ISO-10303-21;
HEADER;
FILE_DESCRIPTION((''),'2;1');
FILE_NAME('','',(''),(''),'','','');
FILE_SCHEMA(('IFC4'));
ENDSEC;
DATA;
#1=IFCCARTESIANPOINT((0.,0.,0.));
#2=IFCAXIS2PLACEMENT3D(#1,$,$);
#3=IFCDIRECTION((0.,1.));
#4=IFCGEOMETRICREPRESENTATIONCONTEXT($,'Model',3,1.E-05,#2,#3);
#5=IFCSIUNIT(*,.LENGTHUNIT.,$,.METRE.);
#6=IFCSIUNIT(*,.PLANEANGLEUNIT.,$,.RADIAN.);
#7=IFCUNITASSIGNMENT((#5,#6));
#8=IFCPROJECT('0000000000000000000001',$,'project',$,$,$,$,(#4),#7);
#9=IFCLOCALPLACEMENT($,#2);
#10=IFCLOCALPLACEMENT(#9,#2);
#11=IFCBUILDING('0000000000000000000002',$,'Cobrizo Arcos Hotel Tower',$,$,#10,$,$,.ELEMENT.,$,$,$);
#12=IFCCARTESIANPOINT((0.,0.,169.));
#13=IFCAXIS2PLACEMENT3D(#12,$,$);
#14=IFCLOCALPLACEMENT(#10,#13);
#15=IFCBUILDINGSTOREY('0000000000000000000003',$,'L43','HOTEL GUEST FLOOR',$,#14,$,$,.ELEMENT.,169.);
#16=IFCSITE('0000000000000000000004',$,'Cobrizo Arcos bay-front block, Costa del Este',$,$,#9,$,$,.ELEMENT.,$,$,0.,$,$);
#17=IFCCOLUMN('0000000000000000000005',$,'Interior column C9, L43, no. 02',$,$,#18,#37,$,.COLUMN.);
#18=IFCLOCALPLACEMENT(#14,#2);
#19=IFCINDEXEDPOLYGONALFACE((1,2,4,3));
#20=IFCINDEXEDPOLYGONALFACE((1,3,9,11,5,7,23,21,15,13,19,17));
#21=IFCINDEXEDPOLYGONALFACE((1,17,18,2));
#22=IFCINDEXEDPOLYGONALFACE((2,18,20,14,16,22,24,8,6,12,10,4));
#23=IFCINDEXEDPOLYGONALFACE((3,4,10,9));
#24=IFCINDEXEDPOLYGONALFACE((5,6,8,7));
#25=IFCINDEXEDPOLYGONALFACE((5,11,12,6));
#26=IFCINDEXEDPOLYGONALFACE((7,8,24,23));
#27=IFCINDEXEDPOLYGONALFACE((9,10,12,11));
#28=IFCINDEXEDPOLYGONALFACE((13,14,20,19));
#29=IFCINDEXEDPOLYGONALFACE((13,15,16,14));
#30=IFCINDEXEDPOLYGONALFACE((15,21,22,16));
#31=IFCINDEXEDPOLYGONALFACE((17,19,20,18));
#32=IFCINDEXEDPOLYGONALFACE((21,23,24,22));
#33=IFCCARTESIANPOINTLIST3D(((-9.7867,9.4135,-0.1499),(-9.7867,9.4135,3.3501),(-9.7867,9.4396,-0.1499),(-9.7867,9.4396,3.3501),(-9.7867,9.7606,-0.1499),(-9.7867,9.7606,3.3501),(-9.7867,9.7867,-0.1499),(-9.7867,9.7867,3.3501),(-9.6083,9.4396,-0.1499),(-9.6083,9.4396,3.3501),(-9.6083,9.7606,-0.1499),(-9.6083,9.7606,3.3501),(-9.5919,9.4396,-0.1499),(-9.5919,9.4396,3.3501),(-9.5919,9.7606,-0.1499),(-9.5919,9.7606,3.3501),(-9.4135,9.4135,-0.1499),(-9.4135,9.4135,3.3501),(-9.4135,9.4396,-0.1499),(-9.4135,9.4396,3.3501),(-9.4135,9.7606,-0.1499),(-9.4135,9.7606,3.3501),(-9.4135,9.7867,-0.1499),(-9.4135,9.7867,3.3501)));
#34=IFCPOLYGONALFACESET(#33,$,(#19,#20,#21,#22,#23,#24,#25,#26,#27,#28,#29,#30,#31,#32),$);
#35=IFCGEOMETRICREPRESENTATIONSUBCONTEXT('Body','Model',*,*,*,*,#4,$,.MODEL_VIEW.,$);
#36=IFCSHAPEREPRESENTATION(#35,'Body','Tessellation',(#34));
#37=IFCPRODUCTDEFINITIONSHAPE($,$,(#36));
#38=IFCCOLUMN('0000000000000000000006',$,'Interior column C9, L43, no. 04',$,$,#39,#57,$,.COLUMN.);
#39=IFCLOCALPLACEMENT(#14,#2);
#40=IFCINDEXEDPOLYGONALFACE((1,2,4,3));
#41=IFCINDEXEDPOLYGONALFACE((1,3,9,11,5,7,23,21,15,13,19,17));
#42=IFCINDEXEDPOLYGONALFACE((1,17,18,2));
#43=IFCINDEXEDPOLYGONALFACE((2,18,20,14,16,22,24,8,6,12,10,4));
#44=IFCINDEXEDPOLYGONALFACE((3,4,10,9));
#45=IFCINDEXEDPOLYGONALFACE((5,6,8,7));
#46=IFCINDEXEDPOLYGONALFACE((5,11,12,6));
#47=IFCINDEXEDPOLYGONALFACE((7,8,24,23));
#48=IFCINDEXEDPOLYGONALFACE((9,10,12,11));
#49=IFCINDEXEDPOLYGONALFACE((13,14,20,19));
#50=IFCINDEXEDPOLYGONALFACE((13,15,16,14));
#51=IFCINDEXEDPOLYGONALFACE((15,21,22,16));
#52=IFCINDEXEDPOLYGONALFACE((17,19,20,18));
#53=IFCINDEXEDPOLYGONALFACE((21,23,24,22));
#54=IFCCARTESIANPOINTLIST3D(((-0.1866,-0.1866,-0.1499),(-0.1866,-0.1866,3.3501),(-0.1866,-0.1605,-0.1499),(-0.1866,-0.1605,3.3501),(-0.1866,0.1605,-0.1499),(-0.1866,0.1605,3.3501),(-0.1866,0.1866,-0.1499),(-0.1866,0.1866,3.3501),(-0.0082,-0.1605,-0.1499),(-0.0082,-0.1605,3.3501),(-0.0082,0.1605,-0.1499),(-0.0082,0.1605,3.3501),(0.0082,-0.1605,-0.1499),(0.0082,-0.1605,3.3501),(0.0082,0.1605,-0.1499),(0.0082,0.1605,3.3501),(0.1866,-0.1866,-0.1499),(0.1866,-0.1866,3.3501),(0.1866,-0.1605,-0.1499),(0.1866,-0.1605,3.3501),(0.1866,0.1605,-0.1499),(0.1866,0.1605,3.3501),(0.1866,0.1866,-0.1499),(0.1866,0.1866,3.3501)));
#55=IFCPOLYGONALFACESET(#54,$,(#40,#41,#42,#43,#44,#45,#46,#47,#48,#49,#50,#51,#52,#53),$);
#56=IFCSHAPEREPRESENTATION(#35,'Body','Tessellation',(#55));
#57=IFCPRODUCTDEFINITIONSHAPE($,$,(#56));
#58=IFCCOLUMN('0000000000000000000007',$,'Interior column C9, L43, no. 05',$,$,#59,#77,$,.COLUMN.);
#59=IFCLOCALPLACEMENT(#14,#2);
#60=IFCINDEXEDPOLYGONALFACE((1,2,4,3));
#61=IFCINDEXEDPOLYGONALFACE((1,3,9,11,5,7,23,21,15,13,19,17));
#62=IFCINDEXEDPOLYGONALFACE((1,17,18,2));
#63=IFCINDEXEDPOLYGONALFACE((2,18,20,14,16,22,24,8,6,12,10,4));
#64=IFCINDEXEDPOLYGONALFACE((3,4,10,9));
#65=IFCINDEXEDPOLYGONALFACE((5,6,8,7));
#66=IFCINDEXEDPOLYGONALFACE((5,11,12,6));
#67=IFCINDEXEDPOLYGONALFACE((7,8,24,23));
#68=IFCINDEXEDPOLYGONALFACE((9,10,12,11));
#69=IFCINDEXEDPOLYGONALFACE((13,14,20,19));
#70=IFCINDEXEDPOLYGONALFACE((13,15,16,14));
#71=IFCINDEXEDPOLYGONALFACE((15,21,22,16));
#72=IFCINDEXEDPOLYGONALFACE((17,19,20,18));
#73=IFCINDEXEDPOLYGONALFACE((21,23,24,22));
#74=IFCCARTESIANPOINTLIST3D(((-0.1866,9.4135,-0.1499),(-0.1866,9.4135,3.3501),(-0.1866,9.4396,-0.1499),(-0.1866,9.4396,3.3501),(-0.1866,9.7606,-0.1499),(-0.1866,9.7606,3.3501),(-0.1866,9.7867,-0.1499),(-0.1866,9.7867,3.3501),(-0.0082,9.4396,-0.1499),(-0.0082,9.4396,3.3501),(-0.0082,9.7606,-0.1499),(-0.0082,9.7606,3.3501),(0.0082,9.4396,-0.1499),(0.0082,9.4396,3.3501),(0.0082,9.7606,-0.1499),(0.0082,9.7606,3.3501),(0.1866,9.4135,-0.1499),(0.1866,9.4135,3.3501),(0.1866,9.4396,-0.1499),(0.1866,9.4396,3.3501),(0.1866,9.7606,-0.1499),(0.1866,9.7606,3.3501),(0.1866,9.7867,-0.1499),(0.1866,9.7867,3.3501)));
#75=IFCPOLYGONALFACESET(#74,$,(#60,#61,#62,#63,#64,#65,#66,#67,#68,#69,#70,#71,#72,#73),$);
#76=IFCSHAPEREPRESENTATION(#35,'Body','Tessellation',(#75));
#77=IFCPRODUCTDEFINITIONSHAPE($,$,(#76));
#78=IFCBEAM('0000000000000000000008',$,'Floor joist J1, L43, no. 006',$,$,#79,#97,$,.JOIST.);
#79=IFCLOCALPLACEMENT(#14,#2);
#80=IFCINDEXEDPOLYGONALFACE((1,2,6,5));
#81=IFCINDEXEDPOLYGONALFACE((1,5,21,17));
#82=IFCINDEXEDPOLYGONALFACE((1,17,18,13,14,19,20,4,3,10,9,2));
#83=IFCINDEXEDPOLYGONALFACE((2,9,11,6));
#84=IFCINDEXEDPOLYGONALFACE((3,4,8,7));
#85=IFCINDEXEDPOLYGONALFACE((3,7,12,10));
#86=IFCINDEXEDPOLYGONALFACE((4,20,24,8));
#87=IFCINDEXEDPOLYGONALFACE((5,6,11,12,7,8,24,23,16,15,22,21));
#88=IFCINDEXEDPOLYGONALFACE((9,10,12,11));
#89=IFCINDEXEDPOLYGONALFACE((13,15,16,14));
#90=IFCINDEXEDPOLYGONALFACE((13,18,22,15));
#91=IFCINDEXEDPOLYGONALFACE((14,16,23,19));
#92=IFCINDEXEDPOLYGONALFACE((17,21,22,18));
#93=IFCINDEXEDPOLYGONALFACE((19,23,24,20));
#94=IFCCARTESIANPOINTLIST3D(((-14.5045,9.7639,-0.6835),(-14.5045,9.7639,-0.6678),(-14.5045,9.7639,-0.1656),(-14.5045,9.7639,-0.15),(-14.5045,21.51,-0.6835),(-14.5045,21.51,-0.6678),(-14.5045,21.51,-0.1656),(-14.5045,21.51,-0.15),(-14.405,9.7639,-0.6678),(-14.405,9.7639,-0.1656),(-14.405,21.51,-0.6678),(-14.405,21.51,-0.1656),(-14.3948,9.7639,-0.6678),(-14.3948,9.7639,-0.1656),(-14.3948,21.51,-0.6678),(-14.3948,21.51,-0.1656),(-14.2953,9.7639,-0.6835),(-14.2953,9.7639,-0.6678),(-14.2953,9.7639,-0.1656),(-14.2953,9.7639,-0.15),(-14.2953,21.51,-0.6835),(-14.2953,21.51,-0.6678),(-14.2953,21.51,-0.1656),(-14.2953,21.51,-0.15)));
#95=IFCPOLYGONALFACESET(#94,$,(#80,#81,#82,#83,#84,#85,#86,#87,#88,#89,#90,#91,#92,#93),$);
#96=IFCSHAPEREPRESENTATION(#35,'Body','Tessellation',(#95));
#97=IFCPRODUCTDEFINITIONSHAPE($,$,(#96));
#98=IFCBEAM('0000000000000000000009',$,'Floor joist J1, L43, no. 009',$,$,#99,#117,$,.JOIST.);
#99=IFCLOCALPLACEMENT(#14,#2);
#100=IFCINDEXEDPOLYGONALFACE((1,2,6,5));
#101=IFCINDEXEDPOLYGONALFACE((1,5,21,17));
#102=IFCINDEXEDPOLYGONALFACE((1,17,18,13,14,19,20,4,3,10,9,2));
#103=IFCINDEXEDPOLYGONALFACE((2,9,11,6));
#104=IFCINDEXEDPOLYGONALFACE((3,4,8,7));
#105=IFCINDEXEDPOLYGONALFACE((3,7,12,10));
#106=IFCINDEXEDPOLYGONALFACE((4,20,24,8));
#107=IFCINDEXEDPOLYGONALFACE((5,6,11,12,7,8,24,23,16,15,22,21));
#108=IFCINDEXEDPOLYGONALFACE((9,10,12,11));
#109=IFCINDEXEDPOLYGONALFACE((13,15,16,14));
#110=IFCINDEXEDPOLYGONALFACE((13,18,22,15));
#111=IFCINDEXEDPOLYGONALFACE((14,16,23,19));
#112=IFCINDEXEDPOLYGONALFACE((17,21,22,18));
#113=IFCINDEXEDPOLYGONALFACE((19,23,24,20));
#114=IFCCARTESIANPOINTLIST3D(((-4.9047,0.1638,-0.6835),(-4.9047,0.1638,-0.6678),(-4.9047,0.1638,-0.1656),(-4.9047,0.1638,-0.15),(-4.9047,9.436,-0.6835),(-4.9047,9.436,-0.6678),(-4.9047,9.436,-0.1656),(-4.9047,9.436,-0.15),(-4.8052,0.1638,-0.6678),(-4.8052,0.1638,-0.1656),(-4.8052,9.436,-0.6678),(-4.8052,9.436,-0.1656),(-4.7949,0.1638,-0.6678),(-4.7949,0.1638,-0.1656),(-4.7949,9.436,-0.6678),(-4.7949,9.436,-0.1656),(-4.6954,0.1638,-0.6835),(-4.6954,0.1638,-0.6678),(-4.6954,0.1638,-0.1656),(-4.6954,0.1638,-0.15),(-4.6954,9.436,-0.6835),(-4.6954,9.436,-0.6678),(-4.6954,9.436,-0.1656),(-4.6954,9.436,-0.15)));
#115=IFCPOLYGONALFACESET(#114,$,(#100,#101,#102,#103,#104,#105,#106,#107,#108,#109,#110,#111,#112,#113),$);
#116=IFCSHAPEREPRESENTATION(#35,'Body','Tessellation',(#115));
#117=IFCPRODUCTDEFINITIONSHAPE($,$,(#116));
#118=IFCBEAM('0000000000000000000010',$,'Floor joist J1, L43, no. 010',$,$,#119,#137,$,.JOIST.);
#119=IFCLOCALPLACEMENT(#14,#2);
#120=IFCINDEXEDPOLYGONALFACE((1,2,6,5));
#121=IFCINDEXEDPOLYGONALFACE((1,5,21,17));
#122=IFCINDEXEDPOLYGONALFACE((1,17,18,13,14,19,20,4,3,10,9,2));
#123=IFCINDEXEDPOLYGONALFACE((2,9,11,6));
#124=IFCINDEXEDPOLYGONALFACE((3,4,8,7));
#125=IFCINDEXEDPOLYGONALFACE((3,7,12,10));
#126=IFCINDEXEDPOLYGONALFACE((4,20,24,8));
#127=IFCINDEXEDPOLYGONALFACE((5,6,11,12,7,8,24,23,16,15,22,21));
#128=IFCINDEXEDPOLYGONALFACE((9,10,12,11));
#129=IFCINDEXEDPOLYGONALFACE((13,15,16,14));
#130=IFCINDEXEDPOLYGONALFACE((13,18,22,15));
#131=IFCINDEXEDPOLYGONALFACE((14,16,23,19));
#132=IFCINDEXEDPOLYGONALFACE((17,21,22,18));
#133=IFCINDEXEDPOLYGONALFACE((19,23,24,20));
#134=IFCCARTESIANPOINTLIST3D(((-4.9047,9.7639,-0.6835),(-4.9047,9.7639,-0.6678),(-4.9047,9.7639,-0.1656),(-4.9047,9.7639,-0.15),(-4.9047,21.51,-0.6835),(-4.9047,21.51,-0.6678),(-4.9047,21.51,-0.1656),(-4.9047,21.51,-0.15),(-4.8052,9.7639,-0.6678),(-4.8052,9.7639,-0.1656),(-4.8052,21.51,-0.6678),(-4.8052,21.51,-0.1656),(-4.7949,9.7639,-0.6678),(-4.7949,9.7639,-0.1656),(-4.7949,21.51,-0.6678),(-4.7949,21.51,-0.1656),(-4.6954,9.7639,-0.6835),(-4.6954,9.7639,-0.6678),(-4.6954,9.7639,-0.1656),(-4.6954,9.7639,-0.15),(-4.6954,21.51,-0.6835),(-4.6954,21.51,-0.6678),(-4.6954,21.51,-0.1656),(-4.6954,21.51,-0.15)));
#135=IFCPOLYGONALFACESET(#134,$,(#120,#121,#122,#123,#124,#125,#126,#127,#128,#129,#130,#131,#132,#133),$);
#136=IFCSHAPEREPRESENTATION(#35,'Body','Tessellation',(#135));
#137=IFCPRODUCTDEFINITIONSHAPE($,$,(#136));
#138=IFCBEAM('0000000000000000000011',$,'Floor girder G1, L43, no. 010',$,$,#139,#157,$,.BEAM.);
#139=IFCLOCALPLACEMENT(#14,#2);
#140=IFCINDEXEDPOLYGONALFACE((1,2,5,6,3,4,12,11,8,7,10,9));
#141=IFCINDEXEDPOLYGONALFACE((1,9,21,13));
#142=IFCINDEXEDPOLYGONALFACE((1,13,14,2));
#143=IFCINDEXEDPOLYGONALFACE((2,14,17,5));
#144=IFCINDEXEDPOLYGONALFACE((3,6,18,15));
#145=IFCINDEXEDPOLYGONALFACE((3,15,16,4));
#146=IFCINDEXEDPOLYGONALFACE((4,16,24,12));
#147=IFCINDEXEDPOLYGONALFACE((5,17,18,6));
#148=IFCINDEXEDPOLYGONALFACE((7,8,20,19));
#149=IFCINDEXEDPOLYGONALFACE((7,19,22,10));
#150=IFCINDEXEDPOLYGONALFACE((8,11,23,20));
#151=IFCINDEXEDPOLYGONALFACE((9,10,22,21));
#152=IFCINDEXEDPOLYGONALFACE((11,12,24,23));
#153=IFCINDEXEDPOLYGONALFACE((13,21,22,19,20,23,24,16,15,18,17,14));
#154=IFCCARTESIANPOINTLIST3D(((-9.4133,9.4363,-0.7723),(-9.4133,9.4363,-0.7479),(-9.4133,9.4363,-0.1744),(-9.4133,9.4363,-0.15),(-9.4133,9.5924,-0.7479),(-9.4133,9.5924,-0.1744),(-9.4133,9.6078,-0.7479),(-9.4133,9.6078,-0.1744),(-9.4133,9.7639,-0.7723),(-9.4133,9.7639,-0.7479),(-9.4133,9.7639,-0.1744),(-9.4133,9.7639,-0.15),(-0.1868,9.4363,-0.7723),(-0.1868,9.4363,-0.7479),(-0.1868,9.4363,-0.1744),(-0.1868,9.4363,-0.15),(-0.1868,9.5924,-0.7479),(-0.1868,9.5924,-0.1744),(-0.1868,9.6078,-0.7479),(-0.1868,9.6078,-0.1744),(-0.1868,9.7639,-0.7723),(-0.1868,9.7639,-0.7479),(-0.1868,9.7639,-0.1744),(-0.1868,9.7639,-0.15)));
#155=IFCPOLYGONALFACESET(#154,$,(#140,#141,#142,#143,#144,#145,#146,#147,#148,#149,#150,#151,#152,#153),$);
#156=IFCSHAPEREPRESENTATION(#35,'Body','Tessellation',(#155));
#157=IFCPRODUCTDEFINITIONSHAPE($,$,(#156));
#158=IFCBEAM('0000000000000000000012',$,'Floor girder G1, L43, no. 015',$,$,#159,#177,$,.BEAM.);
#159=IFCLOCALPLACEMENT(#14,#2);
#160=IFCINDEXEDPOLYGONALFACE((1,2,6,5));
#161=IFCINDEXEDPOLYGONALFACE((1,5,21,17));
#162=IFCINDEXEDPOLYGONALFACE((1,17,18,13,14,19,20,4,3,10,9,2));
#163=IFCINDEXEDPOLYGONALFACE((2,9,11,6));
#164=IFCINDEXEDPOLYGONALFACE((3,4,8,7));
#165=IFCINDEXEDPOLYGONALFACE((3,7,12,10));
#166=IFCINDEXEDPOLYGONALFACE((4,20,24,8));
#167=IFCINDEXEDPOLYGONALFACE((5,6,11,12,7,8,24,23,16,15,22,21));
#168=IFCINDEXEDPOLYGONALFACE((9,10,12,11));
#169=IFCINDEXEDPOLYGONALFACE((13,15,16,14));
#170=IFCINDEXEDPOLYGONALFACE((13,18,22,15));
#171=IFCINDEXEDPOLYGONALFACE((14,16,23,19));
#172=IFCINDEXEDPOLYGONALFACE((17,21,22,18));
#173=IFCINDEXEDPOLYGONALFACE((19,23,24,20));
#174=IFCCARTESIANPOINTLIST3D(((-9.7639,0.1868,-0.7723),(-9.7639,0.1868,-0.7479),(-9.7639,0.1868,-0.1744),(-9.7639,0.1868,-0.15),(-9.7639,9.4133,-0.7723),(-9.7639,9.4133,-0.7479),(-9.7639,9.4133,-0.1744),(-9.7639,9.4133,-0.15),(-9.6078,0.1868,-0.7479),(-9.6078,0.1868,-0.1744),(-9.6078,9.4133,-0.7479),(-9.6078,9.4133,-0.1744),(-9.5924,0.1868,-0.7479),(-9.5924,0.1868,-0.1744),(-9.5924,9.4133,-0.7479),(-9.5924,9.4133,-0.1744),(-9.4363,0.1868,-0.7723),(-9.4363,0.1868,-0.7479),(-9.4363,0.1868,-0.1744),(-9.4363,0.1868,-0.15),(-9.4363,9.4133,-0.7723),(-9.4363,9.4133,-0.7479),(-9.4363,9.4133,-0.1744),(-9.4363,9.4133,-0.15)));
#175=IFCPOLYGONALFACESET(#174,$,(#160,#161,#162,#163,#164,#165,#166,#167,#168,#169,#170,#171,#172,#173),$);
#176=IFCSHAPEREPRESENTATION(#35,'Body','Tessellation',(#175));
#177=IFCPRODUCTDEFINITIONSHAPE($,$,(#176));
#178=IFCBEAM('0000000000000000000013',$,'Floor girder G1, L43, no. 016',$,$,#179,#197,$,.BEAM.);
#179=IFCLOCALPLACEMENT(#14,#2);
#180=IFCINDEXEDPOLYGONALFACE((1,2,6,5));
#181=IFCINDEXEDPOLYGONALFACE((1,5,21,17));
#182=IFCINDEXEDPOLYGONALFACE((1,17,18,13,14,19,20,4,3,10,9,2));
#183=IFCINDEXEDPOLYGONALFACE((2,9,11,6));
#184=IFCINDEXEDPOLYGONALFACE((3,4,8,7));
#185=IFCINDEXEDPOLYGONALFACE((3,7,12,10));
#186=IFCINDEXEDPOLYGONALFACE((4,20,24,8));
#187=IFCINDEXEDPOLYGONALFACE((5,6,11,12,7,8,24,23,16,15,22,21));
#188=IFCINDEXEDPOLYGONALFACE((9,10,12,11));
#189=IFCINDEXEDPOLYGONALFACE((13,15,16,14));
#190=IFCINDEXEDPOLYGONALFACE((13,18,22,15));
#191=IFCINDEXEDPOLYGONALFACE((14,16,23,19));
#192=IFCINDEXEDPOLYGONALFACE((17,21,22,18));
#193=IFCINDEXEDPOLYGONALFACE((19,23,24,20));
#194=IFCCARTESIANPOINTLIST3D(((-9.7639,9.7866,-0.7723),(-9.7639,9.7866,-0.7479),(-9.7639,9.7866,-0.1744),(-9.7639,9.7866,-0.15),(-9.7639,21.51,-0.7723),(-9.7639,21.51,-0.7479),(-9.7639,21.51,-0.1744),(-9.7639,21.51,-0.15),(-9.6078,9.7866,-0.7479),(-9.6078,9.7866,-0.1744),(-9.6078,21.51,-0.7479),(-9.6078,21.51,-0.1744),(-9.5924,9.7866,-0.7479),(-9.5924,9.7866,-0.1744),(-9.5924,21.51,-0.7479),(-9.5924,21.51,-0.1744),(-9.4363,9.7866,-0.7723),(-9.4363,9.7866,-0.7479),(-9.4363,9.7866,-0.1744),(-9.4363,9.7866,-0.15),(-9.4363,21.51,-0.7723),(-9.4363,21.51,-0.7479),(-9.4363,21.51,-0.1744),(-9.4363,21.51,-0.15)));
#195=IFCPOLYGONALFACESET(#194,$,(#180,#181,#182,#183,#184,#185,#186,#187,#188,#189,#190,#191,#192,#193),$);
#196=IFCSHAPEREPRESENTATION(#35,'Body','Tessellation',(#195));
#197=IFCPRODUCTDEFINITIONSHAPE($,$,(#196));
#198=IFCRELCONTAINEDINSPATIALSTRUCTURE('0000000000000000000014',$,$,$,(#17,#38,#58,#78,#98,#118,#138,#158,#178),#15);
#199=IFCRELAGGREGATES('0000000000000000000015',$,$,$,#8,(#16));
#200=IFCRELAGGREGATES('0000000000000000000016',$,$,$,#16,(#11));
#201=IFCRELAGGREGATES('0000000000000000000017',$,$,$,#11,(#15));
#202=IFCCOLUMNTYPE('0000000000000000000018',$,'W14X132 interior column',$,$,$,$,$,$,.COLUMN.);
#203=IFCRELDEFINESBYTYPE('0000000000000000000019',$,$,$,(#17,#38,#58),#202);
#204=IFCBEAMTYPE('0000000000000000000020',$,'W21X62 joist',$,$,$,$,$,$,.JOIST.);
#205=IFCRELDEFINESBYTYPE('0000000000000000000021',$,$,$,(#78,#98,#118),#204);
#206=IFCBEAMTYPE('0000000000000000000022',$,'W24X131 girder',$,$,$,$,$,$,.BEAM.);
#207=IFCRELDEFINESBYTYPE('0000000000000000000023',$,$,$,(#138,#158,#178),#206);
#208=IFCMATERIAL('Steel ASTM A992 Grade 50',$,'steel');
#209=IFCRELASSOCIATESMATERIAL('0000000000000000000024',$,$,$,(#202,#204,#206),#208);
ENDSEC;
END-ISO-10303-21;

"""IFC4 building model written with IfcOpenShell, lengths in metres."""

from ifc_helpers import new_model, si_unit, direction, frame, origin, origin_2d, place, context, subcontext, project, spatial, i_section, extrude, material, material_profile, profile_set, type_object, element, save


model = new_model("IFC4")

# Units and contexts
model_context = context("Model", 3, precision=1e-05, world=origin(), true_north=direction((0.0, 1.0)))
body_context = subcontext(model_context, "Body", "Model", "MODEL_VIEW")
ifc_project = project(units=[si_unit("LENGTHUNIT", "METRE"), si_unit("PLANEANGLEUNIT", "RADIAN")], contexts=[model_context])

# Site, building, storey
site_placement = place(None, origin())
site = spatial("IfcSite", under=ifc_project, at=site_placement, Name="Cobrizo Arcos bay-front block, Costa del Este", CompositionType="ELEMENT", RefElevation=0.0)
building_placement = place(site_placement, origin())
building = spatial("IfcBuilding", under=site, at=building_placement, Name="Cobrizo Arcos Hotel Tower", CompositionType="ELEMENT")
storey_placement = place(building_placement, frame((0.0, 0.0, 169.0)))
storey = spatial("IfcBuildingStorey", under=building, at=storey_placement, Name="L43", Description="HOTEL GUEST FLOOR", CompositionType="ELEMENT", Elevation=169.0)

# Columns
ifc_material_1 = material(Name="Steel ASTM A992 Grade 50", Category="steel")
ifc_material_profile_1 = material_profile(ifc_material_1, i_section(OverallWidth=0.3733, OverallDepth=0.3733, WebThickness=0.0164, FlangeThickness=0.0261, at=origin_2d()), Name="W14X132")
ifc_profile_set_1 = profile_set([ifc_material_profile_1], Name="Steel ASTM A992 Grade 50")
column_type = type_object("IfcColumnType", Name="W14X132 interior column", PredefinedType="COLUMN", material=ifc_profile_set_1)
for number, where, z_axis, x_axis, name in (
    (1, (-9.6001, 9.6001, -0.1499), (0.0, 0.0, 1.0), (1.0, 0.0, 0.0), "Interior column C9, L43, no. 02"),
    (2, (0.0, 0.0, -0.1499), (0.0, 0.0, 1.0), (1.0, 0.0, 0.0), "Interior column C9, L43, no. 04"),
    (3, (0.0, 9.6001, -0.1499), (0.0, 0.0, 1.0), (1.0, 0.0, 0.0), "Interior column C9, L43, no. 05"),
):
    element("IfcColumn", number, at=place(storey_placement, frame(where, z_axis=z_axis, x_axis=x_axis)), inside=storey, type_object=column_type, Name=name, PredefinedType="COLUMN", context=body_context, shape_type="SweptSolid", body=[
        extrude(i_section(OverallWidth=0.3733, OverallDepth=0.3733, WebThickness=0.0164, FlangeThickness=0.0261, at=origin_2d()), origin(), (0.0, 0.0, 1.0), 3.5),
    ])

# Beams
ifc_material_profile_2 = material_profile(ifc_material_1, i_section(OverallWidth=0.2092, OverallDepth=0.5334, WebThickness=0.0103, FlangeThickness=0.0156, at=origin_2d()), Name="W21X62")
ifc_profile_set_2 = profile_set([ifc_material_profile_2], Name="Steel ASTM A992 Grade 50")
beam_type_1 = type_object("IfcBeamType", Name="W21X62 joist", PredefinedType="JOIST", material=ifc_profile_set_2)
beam_1_placement = place(storey_placement, frame((-14.3999, 9.7639, -0.4167), z_axis=(0.0, 1.0, 0.0), x_axis=(-1.0, 0.0, 0.0)))
element("IfcBeam", 4, at=beam_1_placement, inside=storey, type_object=beam_type_1, Name="Floor joist J1, L43, no. 006", PredefinedType="JOIST", context=body_context, shape_type="SweptSolid", body=[
    extrude(i_section(OverallWidth=0.2092, OverallDepth=0.5334, WebThickness=0.0103, FlangeThickness=0.0156, at=origin_2d()), origin(), (0.0, 0.0, 1.0), 11.7461),
])
beam_2_placement = place(storey_placement, frame((-4.8, 0.1638, -0.4167), z_axis=(0.0, 1.0, 0.0), x_axis=(-1.0, 0.0, 0.0)))
element("IfcBeam", 5, at=beam_2_placement, inside=storey, type_object=beam_type_1, Name="Floor joist J1, L43, no. 009", PredefinedType="JOIST", context=body_context, shape_type="SweptSolid", body=[
    extrude(i_section(OverallWidth=0.2092, OverallDepth=0.5334, WebThickness=0.0103, FlangeThickness=0.0156, at=origin_2d()), origin(), (0.0, 0.0, 1.0), 9.2722),
])
beam_3_placement = place(storey_placement, frame((-4.8, 9.7639, -0.4167), z_axis=(0.0, 1.0, 0.0), x_axis=(-1.0, 0.0, 0.0)))
element("IfcBeam", 6, at=beam_3_placement, inside=storey, type_object=beam_type_1, Name="Floor joist J1, L43, no. 010", PredefinedType="JOIST", context=body_context, shape_type="SweptSolid", body=[
    extrude(i_section(OverallWidth=0.2092, OverallDepth=0.5334, WebThickness=0.0103, FlangeThickness=0.0156, at=origin_2d()), origin(), (0.0, 0.0, 1.0), 11.7461),
])
ifc_material_profile_3 = material_profile(ifc_material_1, i_section(OverallWidth=0.3276, OverallDepth=0.6223, WebThickness=0.0154, FlangeThickness=0.0244, at=origin_2d()), Name="W24X131")
ifc_profile_set_3 = profile_set([ifc_material_profile_3], Name="Steel ASTM A992 Grade 50")
beam_type_2 = type_object("IfcBeamType", Name="W24X131 girder", PredefinedType="BEAM", material=ifc_profile_set_3)
for number, where, z_axis, x_axis, name in (
    (7, (-9.4133, 9.6001, -0.4612), (1.0, 0.0, 0.0), (0.0, 1.0, 0.0), "Floor girder G1, L43, no. 010"),
    (8, (-9.6001, 0.1868, -0.4612), (0.0, 1.0, 0.0), (-1.0, 0.0, 0.0), "Floor girder G1, L43, no. 015"),
):
    element("IfcBeam", number, at=place(storey_placement, frame(where, z_axis=z_axis, x_axis=x_axis)), inside=storey, type_object=beam_type_2, Name=name, PredefinedType="BEAM", context=body_context, shape_type="SweptSolid", body=[
        extrude(i_section(OverallWidth=0.3276, OverallDepth=0.6223, WebThickness=0.0154, FlangeThickness=0.0244, at=origin_2d()), origin(), (0.0, 0.0, 1.0), 9.2266),
    ])
beam_4_placement = place(storey_placement, frame((-9.6001, 9.7866, -0.4612), z_axis=(0.0, 1.0, 0.0), x_axis=(-1.0, 0.0, 0.0)))
element("IfcBeam", 9, at=beam_4_placement, inside=storey, type_object=beam_type_2, Name="Floor girder G1, L43, no. 016", PredefinedType="BEAM", context=body_context, shape_type="SweptSolid", body=[
    extrude(i_section(OverallWidth=0.3276, OverallDepth=0.6223, WebThickness=0.0154, FlangeThickness=0.0244, at=origin_2d()), origin(), (0.0, 0.0, 1.0), 11.7234),
])

save(model, "model.ifc")
